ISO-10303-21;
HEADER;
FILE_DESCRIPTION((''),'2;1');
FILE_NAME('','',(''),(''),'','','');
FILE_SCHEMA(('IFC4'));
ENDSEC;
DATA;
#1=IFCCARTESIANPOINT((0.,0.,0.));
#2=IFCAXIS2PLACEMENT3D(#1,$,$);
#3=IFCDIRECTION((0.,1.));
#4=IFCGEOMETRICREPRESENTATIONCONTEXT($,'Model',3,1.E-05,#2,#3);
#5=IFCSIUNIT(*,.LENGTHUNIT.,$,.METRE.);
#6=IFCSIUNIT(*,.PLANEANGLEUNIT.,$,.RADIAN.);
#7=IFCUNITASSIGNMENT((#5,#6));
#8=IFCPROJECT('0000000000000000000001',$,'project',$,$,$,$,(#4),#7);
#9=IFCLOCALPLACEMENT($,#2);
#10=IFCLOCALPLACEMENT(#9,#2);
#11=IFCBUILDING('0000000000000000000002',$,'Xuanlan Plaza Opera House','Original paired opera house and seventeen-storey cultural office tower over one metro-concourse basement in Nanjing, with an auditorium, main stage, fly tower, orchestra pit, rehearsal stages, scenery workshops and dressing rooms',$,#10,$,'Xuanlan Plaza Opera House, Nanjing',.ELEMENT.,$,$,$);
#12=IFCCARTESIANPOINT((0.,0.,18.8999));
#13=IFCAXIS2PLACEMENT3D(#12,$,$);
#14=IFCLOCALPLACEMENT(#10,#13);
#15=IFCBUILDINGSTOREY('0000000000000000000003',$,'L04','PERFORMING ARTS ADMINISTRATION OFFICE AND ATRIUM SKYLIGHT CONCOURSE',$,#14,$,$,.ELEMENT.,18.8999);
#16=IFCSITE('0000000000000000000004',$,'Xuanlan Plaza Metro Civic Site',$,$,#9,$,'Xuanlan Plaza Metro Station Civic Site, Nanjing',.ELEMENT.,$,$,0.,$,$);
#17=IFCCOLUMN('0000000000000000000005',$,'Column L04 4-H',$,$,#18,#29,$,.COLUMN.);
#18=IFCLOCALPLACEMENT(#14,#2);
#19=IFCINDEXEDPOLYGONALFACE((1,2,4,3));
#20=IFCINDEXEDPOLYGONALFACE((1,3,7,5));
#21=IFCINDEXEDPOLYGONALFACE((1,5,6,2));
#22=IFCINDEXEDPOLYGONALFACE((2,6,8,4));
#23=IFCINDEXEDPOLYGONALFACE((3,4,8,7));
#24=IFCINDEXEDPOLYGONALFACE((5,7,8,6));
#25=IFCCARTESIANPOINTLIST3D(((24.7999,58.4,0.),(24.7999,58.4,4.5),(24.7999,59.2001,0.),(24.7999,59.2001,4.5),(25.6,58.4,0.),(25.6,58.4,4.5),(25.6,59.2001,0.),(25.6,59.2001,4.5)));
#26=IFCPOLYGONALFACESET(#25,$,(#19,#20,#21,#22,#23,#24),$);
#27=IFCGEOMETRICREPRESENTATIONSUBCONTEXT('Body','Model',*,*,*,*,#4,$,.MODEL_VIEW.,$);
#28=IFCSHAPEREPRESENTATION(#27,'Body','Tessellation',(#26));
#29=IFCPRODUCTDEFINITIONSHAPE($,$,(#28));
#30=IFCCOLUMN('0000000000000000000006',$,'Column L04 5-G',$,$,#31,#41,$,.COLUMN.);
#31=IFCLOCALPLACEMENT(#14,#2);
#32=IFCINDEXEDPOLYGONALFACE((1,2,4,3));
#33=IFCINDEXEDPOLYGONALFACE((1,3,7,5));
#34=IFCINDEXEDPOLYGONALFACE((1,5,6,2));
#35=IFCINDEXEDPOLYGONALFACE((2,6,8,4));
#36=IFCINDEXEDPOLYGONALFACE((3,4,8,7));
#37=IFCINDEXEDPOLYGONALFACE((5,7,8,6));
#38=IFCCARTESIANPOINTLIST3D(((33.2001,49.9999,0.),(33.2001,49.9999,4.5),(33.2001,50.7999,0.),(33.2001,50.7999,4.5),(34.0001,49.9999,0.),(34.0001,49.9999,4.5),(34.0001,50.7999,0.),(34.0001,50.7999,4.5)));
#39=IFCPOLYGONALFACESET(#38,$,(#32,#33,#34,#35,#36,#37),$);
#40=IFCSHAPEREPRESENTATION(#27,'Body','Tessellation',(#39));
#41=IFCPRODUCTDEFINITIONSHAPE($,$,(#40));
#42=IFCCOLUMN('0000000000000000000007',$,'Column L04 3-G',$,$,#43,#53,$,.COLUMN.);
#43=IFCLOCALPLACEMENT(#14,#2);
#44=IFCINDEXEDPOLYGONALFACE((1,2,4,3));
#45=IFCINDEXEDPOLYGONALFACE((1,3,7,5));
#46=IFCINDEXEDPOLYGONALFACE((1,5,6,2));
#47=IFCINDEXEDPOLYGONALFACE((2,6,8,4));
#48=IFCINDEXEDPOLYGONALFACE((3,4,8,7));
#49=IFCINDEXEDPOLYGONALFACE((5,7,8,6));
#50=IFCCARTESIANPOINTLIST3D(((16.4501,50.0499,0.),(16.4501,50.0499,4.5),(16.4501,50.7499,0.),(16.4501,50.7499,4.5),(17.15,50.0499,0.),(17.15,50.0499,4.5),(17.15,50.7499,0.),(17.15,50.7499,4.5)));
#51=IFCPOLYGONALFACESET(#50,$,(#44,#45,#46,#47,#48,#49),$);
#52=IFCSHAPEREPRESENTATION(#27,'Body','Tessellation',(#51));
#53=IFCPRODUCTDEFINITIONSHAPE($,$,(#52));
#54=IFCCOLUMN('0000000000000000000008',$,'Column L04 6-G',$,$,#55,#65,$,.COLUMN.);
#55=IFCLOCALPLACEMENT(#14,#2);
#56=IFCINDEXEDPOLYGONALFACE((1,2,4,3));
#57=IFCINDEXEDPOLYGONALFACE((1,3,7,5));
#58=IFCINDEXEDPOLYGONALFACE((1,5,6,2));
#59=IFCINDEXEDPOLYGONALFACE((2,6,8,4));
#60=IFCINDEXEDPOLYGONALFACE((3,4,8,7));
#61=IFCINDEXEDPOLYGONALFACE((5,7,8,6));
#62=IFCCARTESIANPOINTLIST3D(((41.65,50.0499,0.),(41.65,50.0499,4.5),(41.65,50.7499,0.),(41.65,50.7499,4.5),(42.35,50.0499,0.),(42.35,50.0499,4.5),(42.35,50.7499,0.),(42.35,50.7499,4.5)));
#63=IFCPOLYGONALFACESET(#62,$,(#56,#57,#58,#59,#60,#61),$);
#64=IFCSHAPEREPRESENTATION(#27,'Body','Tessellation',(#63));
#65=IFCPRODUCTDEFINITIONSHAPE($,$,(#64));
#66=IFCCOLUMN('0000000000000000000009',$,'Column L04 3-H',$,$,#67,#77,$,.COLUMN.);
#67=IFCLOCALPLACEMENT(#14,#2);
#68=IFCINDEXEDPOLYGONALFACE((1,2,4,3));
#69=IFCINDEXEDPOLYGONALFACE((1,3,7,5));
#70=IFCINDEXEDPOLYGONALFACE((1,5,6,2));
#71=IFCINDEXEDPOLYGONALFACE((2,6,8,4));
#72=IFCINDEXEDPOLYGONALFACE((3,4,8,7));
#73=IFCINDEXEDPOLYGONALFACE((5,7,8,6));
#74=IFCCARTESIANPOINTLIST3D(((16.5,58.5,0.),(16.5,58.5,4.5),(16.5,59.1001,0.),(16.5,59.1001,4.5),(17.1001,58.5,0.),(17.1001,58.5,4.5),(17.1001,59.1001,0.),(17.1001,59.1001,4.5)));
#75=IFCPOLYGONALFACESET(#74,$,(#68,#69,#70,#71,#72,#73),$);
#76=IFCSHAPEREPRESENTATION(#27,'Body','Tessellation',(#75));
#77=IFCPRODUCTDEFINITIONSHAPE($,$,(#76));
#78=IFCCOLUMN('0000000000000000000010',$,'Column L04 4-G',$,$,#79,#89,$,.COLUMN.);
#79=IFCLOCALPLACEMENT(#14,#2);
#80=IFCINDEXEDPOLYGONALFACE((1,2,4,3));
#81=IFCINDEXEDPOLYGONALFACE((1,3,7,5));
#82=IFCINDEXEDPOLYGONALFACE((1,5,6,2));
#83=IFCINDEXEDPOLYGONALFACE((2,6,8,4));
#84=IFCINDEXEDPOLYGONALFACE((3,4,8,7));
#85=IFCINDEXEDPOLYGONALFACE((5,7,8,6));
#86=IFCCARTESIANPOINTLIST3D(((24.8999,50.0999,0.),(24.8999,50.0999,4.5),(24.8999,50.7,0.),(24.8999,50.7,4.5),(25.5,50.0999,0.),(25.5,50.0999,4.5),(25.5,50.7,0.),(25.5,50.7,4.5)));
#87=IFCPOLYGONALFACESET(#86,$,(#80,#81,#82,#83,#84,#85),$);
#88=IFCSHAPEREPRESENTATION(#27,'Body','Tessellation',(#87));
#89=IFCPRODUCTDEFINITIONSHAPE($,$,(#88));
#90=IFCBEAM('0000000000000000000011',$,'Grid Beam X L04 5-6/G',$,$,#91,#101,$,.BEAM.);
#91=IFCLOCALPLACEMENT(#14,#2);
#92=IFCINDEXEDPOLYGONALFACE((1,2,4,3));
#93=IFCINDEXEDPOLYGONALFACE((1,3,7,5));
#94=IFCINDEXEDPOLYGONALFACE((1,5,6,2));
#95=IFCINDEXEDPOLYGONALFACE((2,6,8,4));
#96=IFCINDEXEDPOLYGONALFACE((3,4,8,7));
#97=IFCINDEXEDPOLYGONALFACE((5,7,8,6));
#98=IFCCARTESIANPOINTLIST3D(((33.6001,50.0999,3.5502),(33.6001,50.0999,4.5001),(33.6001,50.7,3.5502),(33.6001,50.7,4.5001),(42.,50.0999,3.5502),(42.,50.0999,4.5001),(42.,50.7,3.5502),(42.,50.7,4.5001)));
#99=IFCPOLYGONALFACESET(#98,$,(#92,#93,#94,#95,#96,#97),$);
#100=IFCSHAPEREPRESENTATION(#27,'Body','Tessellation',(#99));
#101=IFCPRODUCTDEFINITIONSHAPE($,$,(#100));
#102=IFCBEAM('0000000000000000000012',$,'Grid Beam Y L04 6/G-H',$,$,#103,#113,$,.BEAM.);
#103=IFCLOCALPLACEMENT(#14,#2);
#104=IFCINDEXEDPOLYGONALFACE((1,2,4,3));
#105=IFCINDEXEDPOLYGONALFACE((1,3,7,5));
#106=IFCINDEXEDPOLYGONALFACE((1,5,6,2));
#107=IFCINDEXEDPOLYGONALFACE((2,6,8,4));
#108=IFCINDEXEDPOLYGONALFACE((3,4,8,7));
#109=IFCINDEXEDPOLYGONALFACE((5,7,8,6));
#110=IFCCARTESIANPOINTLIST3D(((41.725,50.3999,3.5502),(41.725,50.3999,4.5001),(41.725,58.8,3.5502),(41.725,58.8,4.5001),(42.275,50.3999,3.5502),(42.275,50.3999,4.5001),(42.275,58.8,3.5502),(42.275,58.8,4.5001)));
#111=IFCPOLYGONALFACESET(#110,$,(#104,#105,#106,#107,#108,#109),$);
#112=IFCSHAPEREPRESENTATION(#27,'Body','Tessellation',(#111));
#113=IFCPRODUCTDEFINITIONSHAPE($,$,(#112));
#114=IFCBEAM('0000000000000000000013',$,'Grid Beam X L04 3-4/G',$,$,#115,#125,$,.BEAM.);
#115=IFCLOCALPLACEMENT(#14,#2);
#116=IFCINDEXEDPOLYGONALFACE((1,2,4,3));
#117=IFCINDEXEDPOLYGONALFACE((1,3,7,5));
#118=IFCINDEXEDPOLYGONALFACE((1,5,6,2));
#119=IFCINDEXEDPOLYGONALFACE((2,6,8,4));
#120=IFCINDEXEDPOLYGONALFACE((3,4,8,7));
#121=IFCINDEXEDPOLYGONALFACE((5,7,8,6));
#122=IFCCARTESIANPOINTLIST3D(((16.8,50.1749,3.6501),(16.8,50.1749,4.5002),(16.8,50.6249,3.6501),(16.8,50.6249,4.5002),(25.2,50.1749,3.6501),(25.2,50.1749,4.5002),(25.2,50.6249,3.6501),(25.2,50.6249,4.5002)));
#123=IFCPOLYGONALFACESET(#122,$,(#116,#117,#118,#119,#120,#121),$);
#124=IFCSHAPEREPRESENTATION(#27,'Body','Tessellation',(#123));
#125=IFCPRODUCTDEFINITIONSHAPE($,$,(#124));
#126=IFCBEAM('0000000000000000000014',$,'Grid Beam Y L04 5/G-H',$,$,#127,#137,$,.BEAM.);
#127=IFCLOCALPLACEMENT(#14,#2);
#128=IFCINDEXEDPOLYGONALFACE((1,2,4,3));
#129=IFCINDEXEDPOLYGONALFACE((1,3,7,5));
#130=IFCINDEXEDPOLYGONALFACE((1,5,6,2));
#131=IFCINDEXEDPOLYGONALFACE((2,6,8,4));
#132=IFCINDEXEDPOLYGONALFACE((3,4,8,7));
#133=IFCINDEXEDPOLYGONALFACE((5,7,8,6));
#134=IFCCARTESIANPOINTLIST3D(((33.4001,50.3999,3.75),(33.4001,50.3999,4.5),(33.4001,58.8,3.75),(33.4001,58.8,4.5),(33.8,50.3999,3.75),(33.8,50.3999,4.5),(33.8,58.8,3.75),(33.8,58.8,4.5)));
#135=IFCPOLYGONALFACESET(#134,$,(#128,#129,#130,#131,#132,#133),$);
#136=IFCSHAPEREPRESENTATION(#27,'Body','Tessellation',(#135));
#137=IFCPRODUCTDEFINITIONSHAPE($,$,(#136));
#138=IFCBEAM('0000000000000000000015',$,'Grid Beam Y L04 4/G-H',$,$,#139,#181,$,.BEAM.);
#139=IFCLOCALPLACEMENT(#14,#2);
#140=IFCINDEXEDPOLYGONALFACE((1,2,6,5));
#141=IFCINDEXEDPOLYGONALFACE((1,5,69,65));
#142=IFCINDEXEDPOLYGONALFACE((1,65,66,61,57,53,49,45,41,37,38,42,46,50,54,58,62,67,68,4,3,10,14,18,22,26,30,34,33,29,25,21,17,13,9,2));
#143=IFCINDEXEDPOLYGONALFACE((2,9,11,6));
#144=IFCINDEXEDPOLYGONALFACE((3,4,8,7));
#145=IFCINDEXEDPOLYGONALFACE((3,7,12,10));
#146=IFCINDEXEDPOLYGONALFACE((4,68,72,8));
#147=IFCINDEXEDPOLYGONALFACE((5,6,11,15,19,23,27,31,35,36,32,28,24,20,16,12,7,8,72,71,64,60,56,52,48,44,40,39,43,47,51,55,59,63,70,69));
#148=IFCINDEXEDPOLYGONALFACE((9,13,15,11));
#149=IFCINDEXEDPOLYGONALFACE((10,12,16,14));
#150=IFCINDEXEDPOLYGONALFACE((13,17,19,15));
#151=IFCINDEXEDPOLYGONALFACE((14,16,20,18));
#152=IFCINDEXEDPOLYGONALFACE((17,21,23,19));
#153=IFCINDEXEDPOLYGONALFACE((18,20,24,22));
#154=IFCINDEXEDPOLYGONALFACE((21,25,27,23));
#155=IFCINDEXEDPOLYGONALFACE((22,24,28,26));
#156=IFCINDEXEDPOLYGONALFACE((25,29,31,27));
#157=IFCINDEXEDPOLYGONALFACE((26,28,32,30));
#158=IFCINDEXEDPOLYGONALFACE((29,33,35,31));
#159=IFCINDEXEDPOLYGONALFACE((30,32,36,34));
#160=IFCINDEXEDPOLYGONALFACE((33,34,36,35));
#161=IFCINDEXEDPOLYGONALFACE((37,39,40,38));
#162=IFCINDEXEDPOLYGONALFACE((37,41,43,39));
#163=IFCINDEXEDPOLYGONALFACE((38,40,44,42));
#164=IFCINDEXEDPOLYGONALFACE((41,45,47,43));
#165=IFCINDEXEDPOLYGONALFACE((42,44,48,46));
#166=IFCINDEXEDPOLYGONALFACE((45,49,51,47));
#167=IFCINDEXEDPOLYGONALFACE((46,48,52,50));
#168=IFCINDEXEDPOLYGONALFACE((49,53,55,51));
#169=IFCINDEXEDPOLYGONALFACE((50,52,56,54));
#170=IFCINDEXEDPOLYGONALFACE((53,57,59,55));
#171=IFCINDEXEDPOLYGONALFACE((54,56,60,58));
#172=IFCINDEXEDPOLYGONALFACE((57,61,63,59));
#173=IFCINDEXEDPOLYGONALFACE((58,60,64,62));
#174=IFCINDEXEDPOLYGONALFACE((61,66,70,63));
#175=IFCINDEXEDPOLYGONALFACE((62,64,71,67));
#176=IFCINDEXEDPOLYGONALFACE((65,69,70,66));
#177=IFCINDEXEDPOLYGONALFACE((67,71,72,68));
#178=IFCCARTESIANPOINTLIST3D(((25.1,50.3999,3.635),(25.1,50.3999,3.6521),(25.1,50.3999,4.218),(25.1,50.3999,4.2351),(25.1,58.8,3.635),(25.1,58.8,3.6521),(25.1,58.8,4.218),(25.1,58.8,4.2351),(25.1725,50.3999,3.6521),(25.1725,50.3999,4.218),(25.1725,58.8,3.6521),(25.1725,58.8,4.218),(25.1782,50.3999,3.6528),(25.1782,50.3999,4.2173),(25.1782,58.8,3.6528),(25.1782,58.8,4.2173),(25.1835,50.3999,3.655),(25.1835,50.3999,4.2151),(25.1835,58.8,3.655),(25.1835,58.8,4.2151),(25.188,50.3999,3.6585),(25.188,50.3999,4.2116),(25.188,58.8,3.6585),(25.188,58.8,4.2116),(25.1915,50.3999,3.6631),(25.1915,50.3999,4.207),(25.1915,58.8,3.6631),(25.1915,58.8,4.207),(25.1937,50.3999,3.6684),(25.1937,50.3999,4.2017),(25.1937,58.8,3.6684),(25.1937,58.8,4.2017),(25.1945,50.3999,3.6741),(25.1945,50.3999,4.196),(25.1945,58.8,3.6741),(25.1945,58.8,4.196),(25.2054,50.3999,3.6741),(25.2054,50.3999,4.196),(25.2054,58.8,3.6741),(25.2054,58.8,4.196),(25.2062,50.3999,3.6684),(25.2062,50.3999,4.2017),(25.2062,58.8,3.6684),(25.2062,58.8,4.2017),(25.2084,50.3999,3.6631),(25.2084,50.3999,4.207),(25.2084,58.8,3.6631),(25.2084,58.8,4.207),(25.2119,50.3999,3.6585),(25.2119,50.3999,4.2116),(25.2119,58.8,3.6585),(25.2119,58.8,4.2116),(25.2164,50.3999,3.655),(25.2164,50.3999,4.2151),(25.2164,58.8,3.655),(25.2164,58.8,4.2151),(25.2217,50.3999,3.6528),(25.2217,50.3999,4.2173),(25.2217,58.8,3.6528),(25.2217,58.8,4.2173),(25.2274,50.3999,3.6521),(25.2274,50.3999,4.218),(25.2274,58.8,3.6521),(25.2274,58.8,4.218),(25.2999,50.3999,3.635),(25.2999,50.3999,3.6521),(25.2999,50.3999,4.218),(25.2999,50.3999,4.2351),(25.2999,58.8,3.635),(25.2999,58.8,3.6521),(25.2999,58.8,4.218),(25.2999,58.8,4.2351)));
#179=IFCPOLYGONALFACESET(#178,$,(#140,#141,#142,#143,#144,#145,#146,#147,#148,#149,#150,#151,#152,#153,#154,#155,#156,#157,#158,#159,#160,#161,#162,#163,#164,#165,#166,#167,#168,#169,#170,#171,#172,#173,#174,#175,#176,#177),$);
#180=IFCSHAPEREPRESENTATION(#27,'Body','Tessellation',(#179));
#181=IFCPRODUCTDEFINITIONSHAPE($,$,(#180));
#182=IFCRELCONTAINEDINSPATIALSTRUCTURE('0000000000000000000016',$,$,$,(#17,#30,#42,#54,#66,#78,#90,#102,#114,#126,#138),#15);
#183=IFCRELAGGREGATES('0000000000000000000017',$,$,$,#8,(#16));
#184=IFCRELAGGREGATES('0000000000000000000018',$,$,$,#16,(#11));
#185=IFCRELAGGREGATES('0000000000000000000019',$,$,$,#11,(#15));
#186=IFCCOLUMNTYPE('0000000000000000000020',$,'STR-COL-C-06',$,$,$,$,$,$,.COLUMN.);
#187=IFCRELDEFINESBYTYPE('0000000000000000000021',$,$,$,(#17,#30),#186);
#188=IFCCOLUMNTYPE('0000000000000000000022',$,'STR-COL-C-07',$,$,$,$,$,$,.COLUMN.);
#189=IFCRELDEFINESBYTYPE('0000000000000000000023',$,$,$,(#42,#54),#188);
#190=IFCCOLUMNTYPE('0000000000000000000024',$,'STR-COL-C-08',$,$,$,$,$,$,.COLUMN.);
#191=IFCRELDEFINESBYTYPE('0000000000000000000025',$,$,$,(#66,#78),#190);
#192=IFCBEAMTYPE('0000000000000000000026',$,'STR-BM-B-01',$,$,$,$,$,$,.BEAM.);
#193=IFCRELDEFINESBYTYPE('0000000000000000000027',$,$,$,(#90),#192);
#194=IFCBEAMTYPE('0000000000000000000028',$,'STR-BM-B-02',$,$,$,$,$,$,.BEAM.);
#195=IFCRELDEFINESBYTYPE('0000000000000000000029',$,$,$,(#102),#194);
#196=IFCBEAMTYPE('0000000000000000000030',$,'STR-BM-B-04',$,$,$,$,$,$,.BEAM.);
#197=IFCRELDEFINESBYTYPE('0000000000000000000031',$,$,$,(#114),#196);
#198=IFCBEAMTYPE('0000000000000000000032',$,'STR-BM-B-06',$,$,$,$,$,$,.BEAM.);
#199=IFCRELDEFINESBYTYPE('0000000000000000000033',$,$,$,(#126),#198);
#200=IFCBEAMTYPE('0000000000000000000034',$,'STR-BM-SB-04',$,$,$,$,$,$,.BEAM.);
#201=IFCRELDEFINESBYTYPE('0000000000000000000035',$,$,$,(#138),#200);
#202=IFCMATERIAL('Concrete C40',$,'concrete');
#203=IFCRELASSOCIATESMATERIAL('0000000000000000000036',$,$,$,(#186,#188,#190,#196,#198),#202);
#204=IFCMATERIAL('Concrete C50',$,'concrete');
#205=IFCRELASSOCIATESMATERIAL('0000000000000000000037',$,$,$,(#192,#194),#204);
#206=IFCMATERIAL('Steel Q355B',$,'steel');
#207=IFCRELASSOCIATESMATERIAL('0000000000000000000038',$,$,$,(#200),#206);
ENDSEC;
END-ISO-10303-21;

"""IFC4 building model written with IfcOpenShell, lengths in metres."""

from ifc_helpers import new_model, si_unit, direction, frame, origin, origin_2d, place, context, subcontext, project, spatial, rectangle, i_section, extrude, material, material_profile, profile_set, type_object, element, save


model = new_model("IFC4")

# Units and contexts
model_context = context("Model", 3, precision=1e-05, world=origin(), true_north=direction((0.0, 1.0)))
body_context = subcontext(model_context, "Body", "Model", "MODEL_VIEW")
ifc_project = project(units=[si_unit("LENGTHUNIT", "METRE"), si_unit("PLANEANGLEUNIT", "RADIAN")], contexts=[model_context])

# Site, building, storey
site_placement = place(None, origin())
site = spatial("IfcSite", under=ifc_project, at=site_placement, Name="Xuanlan Plaza Metro Civic Site", LongName="Xuanlan Plaza Metro Station Civic Site, Nanjing", CompositionType="ELEMENT", RefElevation=0.0)
building_placement = place(site_placement, origin())
building = spatial("IfcBuilding", under=site, at=building_placement, Name="Xuanlan Plaza Opera House", Description="Original paired opera house and seventeen-storey cultural office tower over one metro-concourse basement in Nanjing, with an auditorium, main stage, fly tower, orchestra pit, rehearsal stages, scenery workshops and dressing rooms", LongName="Xuanlan Plaza Opera House, Nanjing", CompositionType="ELEMENT")
storey_placement = place(building_placement, frame((0.0, 0.0, 18.8999)))
storey = spatial("IfcBuildingStorey", under=building, at=storey_placement, Name="L04", Description="PERFORMING ARTS ADMINISTRATION OFFICE AND ATRIUM SKYLIGHT CONCOURSE", CompositionType="ELEMENT", Elevation=18.8999)

# Columns
ifc_material_1 = material(Name="Concrete C40", Category="concrete")
ifc_material_profile_1 = material_profile(ifc_material_1, rectangle(XDim=0.8, YDim=0.8, at=origin_2d()), Name="RC-COL 800x800")
ifc_profile_set_1 = profile_set([ifc_material_profile_1], Name="Concrete C40")
column_type_1 = type_object("IfcColumnType", Name="STR-COL-C-06", PredefinedType="COLUMN", material=ifc_profile_set_1)
for number, where, z_axis, x_axis, name in (
    (1, (25.2, 58.8, 0.0), (0.0, 0.0, 1.0), (1.0, 0.0, 0.0), "Column L04 4-H"),
    (2, (33.6001, 50.3999, 0.0), (0.0, 0.0, 1.0), (1.0, 0.0, 0.0), "Column L04 5-G"),
):
    element("IfcColumn", number, at=place(storey_placement, frame(where, z_axis=z_axis, x_axis=x_axis)), inside=storey, type_object=column_type_1, Name=name, PredefinedType="COLUMN", context=body_context, shape_type="SweptSolid", body=[
        extrude(rectangle(XDim=0.8, YDim=0.8, at=origin_2d()), origin(), (0.0, 0.0, 1.0), 4.5),
    ])
ifc_material_profile_2 = material_profile(ifc_material_1, rectangle(XDim=0.7, YDim=0.7, at=origin_2d()), Name="RC-COL 700x700")
ifc_profile_set_2 = profile_set([ifc_material_profile_2], Name="Concrete C40")
column_type_2 = type_object("IfcColumnType", Name="STR-COL-C-07", PredefinedType="COLUMN", material=ifc_profile_set_2)
for number, where, z_axis, x_axis, name in (
    (3, (16.8, 50.3999, 0.0), (0.0, 0.0, 1.0), (1.0, 0.0, 0.0), "Column L04 3-G"),
    (4, (42.0, 50.3999, 0.0), (0.0, 0.0, 1.0), (1.0, 0.0, 0.0), "Column L04 6-G"),
):
    element("IfcColumn", number, at=place(storey_placement, frame(where, z_axis=z_axis, x_axis=x_axis)), inside=storey, type_object=column_type_2, Name=name, PredefinedType="COLUMN", context=body_context, shape_type="SweptSolid", body=[
        extrude(rectangle(XDim=0.7, YDim=0.7, at=origin_2d()), origin(), (0.0, 0.0, 1.0), 4.5),
    ])
ifc_material_profile_3 = material_profile(ifc_material_1, rectangle(XDim=0.6001, YDim=0.6001, at=origin_2d()), Name="RC-COL 600x600")
ifc_profile_set_3 = profile_set([ifc_material_profile_3], Name="Concrete C40")
column_type_3 = type_object("IfcColumnType", Name="STR-COL-C-08", PredefinedType="COLUMN", material=ifc_profile_set_3)
for number, where, z_axis, x_axis, name in (
    (5, (16.8, 58.8, 0.0), (0.0, 0.0, 1.0), (1.0, 0.0, 0.0), "Column L04 3-H"),
    (6, (25.2, 50.3999, 0.0), (0.0, 0.0, 1.0), (1.0, 0.0, 0.0), "Column L04 4-G"),
):
    element("IfcColumn", number, at=place(storey_placement, frame(where, z_axis=z_axis, x_axis=x_axis)), inside=storey, type_object=column_type_3, Name=name, PredefinedType="COLUMN", context=body_context, shape_type="SweptSolid", body=[
        extrude(rectangle(XDim=0.6001, YDim=0.6001, at=origin_2d()), origin(), (0.0, 0.0, 1.0), 4.5),
    ])

# Beams
ifc_material_2 = material(Name="Concrete C50", Category="concrete")
ifc_material_profile_4 = material_profile(ifc_material_2, rectangle(XDim=0.6001, YDim=0.95, at=origin_2d()), Name="RC-BM 600x950")
ifc_profile_set_4 = profile_set([ifc_material_profile_4], Name="Concrete C50")
beam_type_1 = type_object("IfcBeamType", Name="STR-BM-B-01", PredefinedType="BEAM", material=ifc_profile_set_4)
beam_1_placement = place(storey_placement, frame((33.6001, 50.3999, 4.0251), z_axis=(1.0, 0.0, 0.0), x_axis=(0.0, 1.0, 0.0)))
element("IfcBeam", 7, at=beam_1_placement, inside=storey, type_object=beam_type_1, Name="Grid Beam X L04 5-6/G", PredefinedType="BEAM", context=body_context, shape_type="SweptSolid", body=[
    extrude(rectangle(XDim=0.6001, YDim=0.95, at=origin_2d()), origin(), (0.0, 0.0, 1.0), 8.3999),
])
ifc_material_profile_5 = material_profile(ifc_material_2, rectangle(XDim=0.55, YDim=0.95, at=origin_2d()), Name="RC-BM 550x950")
ifc_profile_set_5 = profile_set([ifc_material_profile_5], Name="Concrete C50")
beam_type_2 = type_object("IfcBeamType", Name="STR-BM-B-02", PredefinedType="BEAM", material=ifc_profile_set_5)
beam_2_placement = place(storey_placement, frame((42.0, 50.3999, 4.0251), z_axis=(0.0, 1.0, 0.0), x_axis=(-1.0, 0.0, 0.0)))
element("IfcBeam", 8, at=beam_2_placement, inside=storey, type_object=beam_type_2, Name="Grid Beam Y L04 6/G-H", PredefinedType="BEAM", context=body_context, shape_type="SweptSolid", body=[
    extrude(rectangle(XDim=0.55, YDim=0.95, at=origin_2d()), origin(), (0.0, 0.0, 1.0), 8.4001),
])
ifc_material_profile_6 = material_profile(ifc_material_1, rectangle(XDim=0.45, YDim=0.8501, at=origin_2d()), Name="RC-BM 450x850")
ifc_profile_set_6 = profile_set([ifc_material_profile_6], Name="Concrete C40")
beam_type_3 = type_object("IfcBeamType", Name="STR-BM-B-04", PredefinedType="BEAM", material=ifc_profile_set_6)
beam_3_placement = place(storey_placement, frame((16.8, 50.3999, 4.0752), z_axis=(1.0, 0.0, 0.0), x_axis=(0.0, 1.0, 0.0)))
element("IfcBeam", 9, at=beam_3_placement, inside=storey, type_object=beam_type_3, Name="Grid Beam X L04 3-4/G", PredefinedType="BEAM", context=body_context, shape_type="SweptSolid", body=[
    extrude(rectangle(XDim=0.45, YDim=0.8501, at=origin_2d()), origin(), (0.0, 0.0, 1.0), 8.3999),
])
ifc_material_profile_7 = material_profile(ifc_material_1, rectangle(XDim=0.3999, YDim=0.75, at=origin_2d()), Name="RC-BM 400x750")
ifc_profile_set_7 = profile_set([ifc_material_profile_7], Name="Concrete C40")
beam_type_4 = type_object("IfcBeamType", Name="STR-BM-B-06", PredefinedType="BEAM", material=ifc_profile_set_7)
beam_4_placement = place(storey_placement, frame((33.6001, 50.3999, 4.125), z_axis=(0.0, 1.0, 0.0), x_axis=(-1.0, 0.0, 0.0)))
element("IfcBeam", 10, at=beam_4_placement, inside=storey, type_object=beam_type_4, Name="Grid Beam Y L04 5/G-H", PredefinedType="BEAM", context=body_context, shape_type="SweptSolid", body=[
    extrude(rectangle(XDim=0.3999, YDim=0.75, at=origin_2d()), origin(), (0.0, 0.0, 1.0), 8.4001),
])
ifc_material_3 = material(Name="Steel Q355B", Category="steel")
ifc_material_profile_8 = material_profile(ifc_material_3, i_section(OverallWidth=0.2, OverallDepth=0.6001, WebThickness=0.011, FlangeThickness=0.0171, FilletRadius=0.022, at=origin_2d()), Name="HN 600x200x11x17")
ifc_profile_set_8 = profile_set([ifc_material_profile_8], Name="Steel Q355B")
beam_type_5 = type_object("IfcBeamType", Name="STR-BM-SB-04", PredefinedType="BEAM", material=ifc_profile_set_8)
beam_5_placement = place(storey_placement, frame((25.2, 50.3999, 3.9351), z_axis=(0.0, 1.0, 0.0), x_axis=(-1.0, 0.0, 0.0)))
element("IfcBeam", 11, at=beam_5_placement, inside=storey, type_object=beam_type_5, Name="Grid Beam Y L04 4/G-H", PredefinedType="BEAM", context=body_context, shape_type="SweptSolid", body=[
    extrude(i_section(OverallWidth=0.2, OverallDepth=0.6001, WebThickness=0.011, FlangeThickness=0.0171, FilletRadius=0.022, at=origin_2d()), origin(), (0.0, 0.0, 1.0), 8.4001),
])

save(model, "model.ifc")
